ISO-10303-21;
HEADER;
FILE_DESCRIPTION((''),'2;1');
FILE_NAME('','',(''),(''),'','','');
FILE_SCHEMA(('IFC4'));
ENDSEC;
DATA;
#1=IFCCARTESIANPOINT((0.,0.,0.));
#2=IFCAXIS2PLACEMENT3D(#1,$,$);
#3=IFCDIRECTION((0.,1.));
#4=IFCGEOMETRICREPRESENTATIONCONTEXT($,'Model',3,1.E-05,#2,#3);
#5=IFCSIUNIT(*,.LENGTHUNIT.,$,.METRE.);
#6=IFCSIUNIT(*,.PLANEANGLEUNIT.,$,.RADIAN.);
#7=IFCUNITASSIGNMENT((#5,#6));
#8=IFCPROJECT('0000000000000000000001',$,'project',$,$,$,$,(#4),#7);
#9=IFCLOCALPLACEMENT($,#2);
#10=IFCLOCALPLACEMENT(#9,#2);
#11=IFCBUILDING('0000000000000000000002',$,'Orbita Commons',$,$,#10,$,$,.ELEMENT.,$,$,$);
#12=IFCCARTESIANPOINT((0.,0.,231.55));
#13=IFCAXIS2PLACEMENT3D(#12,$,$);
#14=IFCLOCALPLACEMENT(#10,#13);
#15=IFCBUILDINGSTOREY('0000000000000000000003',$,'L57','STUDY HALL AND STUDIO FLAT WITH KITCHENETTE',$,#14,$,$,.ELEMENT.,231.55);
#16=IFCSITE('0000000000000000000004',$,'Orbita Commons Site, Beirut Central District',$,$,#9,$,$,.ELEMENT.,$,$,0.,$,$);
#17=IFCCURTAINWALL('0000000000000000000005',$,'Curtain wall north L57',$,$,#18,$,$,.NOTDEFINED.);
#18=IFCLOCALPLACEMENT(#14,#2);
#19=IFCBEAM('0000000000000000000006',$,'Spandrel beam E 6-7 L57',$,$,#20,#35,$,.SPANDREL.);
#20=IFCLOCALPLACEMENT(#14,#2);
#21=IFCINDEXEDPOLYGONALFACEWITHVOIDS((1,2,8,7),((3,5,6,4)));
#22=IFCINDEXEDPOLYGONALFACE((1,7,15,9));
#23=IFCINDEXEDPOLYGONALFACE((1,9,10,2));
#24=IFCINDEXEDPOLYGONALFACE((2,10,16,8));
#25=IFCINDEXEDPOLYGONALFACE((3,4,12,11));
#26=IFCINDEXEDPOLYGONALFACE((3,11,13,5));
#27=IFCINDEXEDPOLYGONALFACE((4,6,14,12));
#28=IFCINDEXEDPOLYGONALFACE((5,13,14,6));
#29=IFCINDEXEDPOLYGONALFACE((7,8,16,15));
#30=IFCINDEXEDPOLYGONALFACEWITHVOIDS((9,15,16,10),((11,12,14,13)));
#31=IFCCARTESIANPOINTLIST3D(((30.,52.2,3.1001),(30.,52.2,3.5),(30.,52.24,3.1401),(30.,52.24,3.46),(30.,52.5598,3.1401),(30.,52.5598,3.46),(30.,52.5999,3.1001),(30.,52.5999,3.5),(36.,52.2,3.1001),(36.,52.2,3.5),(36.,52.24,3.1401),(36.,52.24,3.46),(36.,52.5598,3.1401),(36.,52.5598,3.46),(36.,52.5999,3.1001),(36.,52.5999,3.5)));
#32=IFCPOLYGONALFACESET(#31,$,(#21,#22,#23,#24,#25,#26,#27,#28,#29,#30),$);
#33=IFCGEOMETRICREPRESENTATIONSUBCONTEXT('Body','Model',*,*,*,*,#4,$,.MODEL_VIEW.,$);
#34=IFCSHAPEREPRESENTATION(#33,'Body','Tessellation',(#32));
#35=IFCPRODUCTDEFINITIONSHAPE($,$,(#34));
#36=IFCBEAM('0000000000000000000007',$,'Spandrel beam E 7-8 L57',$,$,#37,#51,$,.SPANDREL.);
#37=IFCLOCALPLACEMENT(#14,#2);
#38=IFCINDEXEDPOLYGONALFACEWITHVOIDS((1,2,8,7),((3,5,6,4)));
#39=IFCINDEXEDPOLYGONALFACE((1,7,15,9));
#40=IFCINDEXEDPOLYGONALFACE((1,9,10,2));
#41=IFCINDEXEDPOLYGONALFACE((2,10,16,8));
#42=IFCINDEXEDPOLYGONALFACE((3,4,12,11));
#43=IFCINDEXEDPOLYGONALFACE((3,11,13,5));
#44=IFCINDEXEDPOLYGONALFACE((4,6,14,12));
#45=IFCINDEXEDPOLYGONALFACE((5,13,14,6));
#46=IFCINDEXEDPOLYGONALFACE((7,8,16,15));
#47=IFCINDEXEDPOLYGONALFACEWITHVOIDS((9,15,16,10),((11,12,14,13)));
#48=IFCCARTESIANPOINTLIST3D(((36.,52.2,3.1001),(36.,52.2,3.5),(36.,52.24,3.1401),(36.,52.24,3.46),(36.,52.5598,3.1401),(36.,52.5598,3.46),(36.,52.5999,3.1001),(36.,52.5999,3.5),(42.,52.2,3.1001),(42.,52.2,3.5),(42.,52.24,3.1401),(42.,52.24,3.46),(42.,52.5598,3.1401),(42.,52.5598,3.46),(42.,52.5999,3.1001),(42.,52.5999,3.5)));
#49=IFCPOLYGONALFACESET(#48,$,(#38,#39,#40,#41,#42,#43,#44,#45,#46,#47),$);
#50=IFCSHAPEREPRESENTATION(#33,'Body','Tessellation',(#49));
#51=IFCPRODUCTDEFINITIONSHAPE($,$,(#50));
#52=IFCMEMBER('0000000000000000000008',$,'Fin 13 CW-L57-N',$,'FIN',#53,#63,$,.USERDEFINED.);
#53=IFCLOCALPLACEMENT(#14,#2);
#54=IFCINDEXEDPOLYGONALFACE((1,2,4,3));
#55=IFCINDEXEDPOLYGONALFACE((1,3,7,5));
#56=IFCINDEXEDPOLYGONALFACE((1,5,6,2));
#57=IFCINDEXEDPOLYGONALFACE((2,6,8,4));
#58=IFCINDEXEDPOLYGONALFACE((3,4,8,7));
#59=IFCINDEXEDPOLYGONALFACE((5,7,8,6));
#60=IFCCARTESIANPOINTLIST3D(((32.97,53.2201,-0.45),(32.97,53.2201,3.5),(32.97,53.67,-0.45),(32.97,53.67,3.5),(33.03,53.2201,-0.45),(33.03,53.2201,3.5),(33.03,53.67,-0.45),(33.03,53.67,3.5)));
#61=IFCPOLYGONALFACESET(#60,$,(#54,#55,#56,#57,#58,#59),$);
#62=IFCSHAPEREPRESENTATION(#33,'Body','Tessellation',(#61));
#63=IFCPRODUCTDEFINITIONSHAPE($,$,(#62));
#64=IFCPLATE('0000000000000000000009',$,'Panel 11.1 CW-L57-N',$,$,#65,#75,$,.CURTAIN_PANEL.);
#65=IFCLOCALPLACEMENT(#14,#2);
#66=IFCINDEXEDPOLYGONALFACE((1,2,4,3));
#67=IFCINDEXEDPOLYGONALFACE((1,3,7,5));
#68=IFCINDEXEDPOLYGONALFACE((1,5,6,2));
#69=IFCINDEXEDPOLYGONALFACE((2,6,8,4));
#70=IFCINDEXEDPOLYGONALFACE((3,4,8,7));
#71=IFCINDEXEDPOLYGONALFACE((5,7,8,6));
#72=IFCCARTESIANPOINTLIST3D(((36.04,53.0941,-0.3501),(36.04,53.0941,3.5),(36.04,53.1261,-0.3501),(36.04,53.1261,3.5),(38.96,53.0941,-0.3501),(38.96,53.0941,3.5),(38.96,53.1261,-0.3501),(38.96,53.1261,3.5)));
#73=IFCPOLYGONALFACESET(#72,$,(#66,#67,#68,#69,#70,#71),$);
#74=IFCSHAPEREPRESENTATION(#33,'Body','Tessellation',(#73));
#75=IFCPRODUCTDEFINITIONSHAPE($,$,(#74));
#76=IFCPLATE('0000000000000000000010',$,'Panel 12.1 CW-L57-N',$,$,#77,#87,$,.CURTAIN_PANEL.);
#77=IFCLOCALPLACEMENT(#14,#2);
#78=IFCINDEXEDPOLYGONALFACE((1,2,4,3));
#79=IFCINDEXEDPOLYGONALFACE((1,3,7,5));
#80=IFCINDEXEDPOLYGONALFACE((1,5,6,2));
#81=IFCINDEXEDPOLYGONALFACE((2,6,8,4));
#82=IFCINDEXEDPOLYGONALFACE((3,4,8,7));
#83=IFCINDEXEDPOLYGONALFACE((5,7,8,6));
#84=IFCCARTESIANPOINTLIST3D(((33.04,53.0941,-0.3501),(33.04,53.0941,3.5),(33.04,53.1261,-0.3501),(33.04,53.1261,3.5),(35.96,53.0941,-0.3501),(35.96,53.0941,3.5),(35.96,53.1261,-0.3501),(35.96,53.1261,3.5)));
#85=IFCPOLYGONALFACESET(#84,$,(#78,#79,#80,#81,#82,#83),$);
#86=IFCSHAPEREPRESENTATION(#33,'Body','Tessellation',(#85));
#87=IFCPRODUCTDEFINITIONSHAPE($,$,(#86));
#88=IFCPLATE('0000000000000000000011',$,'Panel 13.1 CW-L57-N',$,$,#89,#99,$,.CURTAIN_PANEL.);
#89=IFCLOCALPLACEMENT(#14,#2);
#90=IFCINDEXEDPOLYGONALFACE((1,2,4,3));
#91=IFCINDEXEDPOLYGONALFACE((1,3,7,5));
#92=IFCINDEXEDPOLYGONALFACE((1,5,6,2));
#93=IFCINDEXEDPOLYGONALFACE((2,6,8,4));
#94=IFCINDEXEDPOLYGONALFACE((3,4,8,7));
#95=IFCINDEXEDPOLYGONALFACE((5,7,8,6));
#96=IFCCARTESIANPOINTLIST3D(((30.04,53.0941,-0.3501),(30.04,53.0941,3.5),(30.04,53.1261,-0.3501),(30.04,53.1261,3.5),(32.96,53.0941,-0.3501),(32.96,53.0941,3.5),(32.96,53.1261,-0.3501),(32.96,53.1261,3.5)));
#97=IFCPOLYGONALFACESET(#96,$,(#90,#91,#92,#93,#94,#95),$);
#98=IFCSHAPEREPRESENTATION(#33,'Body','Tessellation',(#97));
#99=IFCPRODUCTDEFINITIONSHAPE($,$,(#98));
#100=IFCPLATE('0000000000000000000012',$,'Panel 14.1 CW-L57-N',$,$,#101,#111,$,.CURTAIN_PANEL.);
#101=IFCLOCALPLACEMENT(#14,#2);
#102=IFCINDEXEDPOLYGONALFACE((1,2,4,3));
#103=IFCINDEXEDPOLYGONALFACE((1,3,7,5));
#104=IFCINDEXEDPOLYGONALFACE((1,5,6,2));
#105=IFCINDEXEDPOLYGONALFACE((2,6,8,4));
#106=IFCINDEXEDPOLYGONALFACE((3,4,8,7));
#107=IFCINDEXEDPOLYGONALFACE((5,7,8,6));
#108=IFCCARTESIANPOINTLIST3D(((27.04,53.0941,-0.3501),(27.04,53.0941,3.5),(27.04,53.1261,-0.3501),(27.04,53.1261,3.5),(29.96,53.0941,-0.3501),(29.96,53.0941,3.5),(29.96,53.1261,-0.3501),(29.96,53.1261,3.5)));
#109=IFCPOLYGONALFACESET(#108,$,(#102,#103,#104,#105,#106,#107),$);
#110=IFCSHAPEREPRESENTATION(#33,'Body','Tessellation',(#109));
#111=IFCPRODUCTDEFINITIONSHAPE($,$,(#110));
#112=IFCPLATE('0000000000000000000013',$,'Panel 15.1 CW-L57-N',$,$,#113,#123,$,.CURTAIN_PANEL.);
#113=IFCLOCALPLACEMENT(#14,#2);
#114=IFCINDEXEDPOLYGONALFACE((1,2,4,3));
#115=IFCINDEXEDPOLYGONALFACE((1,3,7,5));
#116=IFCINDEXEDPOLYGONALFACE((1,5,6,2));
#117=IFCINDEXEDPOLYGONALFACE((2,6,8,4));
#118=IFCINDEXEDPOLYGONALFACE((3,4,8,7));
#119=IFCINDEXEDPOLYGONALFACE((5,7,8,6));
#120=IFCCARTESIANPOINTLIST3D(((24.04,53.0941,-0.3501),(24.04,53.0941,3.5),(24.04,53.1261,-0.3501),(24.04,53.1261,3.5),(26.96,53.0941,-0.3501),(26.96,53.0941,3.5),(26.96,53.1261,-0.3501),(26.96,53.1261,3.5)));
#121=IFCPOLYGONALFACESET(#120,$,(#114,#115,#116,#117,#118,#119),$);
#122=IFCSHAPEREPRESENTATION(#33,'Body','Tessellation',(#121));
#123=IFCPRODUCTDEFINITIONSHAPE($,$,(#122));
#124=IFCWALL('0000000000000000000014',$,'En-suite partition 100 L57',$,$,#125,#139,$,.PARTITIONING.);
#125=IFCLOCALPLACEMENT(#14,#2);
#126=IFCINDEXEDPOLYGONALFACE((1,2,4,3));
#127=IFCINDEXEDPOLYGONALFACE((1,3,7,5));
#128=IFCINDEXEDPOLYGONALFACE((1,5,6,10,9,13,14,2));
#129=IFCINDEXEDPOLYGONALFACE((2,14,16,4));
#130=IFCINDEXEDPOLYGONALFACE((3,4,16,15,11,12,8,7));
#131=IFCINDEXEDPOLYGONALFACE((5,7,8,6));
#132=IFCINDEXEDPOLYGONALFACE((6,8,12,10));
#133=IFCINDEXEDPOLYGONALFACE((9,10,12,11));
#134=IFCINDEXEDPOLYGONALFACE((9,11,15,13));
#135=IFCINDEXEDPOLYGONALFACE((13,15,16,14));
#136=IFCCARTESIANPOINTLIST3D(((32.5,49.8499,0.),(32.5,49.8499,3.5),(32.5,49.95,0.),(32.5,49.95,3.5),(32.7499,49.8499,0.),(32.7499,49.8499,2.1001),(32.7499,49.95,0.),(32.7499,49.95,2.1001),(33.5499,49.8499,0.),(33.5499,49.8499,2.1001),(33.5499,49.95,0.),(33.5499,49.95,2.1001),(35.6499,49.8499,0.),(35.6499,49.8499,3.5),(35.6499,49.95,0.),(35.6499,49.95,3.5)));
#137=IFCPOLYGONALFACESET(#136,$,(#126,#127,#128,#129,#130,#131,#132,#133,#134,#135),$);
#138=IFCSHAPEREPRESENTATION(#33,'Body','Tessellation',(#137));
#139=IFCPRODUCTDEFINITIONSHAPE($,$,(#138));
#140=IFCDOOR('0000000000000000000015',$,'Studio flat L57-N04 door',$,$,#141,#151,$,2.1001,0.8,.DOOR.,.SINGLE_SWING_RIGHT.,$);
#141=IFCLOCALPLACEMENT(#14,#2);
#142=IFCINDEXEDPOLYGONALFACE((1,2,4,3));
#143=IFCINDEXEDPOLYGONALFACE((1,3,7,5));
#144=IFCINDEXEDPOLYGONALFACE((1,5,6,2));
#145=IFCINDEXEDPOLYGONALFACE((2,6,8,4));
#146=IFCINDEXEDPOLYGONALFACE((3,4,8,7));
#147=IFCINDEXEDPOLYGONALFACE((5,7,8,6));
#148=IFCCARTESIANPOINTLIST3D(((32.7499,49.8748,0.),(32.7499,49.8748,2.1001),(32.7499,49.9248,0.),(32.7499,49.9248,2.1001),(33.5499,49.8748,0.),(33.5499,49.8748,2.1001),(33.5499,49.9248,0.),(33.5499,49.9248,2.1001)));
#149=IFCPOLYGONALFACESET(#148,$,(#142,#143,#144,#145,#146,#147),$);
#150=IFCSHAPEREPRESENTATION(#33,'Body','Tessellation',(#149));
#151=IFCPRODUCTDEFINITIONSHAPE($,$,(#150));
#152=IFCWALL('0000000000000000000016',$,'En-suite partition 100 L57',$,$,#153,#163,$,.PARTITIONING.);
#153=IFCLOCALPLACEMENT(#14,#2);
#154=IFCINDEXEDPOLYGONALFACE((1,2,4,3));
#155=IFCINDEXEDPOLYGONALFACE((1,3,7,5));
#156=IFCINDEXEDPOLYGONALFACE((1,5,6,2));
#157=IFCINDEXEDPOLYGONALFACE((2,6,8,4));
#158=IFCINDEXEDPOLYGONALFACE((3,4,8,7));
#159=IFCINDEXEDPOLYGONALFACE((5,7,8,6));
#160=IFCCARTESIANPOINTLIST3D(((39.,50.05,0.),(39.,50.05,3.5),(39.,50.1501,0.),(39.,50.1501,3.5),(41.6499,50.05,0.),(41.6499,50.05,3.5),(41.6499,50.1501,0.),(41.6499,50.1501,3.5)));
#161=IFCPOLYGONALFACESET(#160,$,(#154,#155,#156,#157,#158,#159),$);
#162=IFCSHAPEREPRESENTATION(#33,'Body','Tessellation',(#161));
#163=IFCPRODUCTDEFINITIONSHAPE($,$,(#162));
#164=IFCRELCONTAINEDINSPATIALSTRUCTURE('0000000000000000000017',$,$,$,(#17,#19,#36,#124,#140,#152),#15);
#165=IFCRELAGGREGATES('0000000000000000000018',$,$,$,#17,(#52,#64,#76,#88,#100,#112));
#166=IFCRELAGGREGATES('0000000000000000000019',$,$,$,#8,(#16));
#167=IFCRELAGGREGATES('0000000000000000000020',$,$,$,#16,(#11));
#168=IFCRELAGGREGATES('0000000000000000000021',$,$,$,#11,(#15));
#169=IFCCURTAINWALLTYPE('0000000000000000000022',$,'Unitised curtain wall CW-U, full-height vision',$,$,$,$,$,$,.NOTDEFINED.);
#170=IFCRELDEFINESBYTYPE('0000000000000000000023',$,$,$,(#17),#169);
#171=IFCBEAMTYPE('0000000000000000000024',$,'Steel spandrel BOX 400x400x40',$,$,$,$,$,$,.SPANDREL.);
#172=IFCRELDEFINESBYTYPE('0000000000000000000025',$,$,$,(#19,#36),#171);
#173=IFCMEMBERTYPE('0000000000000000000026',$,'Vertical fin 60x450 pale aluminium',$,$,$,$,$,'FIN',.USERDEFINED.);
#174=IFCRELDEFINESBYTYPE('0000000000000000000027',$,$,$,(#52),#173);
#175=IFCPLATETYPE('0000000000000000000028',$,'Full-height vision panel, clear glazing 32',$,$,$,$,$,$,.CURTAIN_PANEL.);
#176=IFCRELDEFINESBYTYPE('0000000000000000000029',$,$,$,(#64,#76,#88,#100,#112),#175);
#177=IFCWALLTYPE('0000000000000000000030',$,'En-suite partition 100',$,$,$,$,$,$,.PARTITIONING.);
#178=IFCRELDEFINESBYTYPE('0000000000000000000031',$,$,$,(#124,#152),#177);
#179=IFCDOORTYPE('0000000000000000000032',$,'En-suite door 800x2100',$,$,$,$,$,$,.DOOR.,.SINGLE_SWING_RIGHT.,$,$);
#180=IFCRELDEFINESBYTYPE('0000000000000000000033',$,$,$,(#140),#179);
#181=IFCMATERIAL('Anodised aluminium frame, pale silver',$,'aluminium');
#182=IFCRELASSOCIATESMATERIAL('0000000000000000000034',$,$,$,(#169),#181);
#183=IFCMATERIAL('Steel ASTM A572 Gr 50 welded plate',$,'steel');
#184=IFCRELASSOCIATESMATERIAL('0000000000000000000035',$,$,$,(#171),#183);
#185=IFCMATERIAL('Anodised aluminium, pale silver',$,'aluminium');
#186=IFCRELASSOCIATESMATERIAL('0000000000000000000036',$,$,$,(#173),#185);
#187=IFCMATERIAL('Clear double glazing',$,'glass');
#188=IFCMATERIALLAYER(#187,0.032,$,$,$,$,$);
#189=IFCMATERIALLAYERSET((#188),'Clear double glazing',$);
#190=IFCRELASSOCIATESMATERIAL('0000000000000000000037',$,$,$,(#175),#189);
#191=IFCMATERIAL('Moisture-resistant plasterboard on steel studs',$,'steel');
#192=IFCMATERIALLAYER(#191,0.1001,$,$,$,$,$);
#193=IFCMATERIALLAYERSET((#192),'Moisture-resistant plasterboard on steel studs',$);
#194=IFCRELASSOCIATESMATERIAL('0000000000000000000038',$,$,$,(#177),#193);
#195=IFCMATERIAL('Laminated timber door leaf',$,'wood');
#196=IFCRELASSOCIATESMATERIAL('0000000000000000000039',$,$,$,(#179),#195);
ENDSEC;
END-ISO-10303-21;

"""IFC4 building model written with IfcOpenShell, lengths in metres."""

from ifc_helpers import new_model, si_unit, direction, frame, frame_2d, origin, origin_2d, place, context, subcontext, project, spatial, rectangle, hollow_rectangle, extrude, material, layer, layer_set, material_profile, profile_set, type_object, element, fill, aggregate, save


model = new_model("IFC4")

# Units and contexts
model_context = context("Model", 3, precision=1e-05, world=origin(), true_north=direction((0.0, 1.0)))
body_context = subcontext(model_context, "Body", "Model", "MODEL_VIEW")
ifc_project = project(units=[si_unit("LENGTHUNIT", "METRE"), si_unit("PLANEANGLEUNIT", "RADIAN")], contexts=[model_context])

# Site, building, storey
site_placement = place(None, origin())
site = spatial("IfcSite", under=ifc_project, at=site_placement, Name="Orbita Commons Site, Beirut Central District", CompositionType="ELEMENT", RefElevation=0.0)
building_placement = place(site_placement, origin())
building = spatial("IfcBuilding", under=site, at=building_placement, Name="Orbita Commons", CompositionType="ELEMENT")
storey_placement = place(building_placement, frame((0.0, 0.0, 231.55)))
storey = spatial("IfcBuildingStorey", under=building, at=storey_placement, Name="L57", Description="STUDY HALL AND STUDIO FLAT WITH KITCHENETTE", CompositionType="ELEMENT", Elevation=231.55)

# Curtain wall
ifc_material_1 = material(Name="Anodised aluminium frame, pale silver", Category="aluminium")
curtain_wall_type = type_object("IfcCurtainWallType", Name="Unitised curtain wall CW-U, full-height vision", PredefinedType="NOTDEFINED", material=ifc_material_1)
curtain_wall_placement = place(storey_placement, origin())
curtain_wall = element("IfcCurtainWall", 1, at=curtain_wall_placement, inside=storey, type_object=curtain_wall_type, Name="Curtain wall north L57", PredefinedType="NOTDEFINED")

# Beams
ifc_material_2 = material(Name="Steel ASTM A572 Gr 50 welded plate", Category="steel")
ifc_material_profile_1 = material_profile(ifc_material_2, hollow_rectangle(XDim=0.3999, YDim=0.3999, WallThickness=0.04, at=origin_2d()), Name="BOX 400x400x40")
ifc_profile_set_1 = profile_set([ifc_material_profile_1], Name="Steel ASTM A572 Gr 50 welded plate")
beam_type = type_object("IfcBeamType", Name="Steel spandrel BOX 400x400x40", PredefinedType="SPANDREL", material=ifc_profile_set_1)
for number, where, z_axis, x_axis, name in (
    (2, (30.0, 52.3999, 3.3), (1.0, 0.0, 0.0), (0.0, 1.0, 0.0), "Spandrel beam E 6-7 L57"),
    (3, (36.0, 52.3999, 3.3), (1.0, 0.0, 0.0), (0.0, 1.0, 0.0), "Spandrel beam E 7-8 L57"),
):
    element("IfcBeam", number, at=place(storey_placement, frame(where, z_axis=z_axis, x_axis=x_axis)), inside=storey, type_object=beam_type, Name=name, PredefinedType="SPANDREL", context=body_context, shape_type="SweptSolid", body=[
        extrude(hollow_rectangle(XDim=0.3999, YDim=0.3999, WallThickness=0.04, at=origin_2d()), origin(), (0.0, 0.0, 1.0), 6.0),
    ])

# Member
ifc_material_3 = material(Name="Anodised aluminium, pale silver", Category="aluminium")
ifc_material_profile_2 = material_profile(ifc_material_3, rectangle(XDim=0.0601, YDim=0.45, at=origin_2d()), Name="FIN 60x450")
ifc_profile_set_2 = profile_set([ifc_material_profile_2], Name="Anodised aluminium, pale silver")
member_type_1 = type_object("IfcMemberType", Name="Vertical fin 60x450 pale aluminium", ElementType="FIN", PredefinedType="USERDEFINED", material=ifc_profile_set_2)
member_1_placement = place(storey_placement, frame((33.0, 53.4451, -0.45), z_axis=(0.0, 0.0, 1.0), x_axis=(-1.0, 0.0, 0.0)))
member_1 = element("IfcMember", 4, at=member_1_placement, type_object=member_type_1, Name="Fin 13 CW-L57-N", ObjectType="FIN", PredefinedType="USERDEFINED", context=body_context, shape_type="SweptSolid", body=[
    extrude(rectangle(XDim=0.0601, YDim=0.45, at=origin_2d()), origin(), (0.0, 0.0, 1.0), 3.95),
])

# Plates
ifc_material_4 = material(Name="Clear double glazing", Category="glass")
ifc_layer_1 = layer(ifc_material_4, 0.032)
ifc_layer_set_1 = layer_set([ifc_layer_1], Name="Clear double glazing")
plate_type = type_object("IfcPlateType", Name="Full-height vision panel, clear glazing 32", PredefinedType="CURTAIN_PANEL", material=ifc_layer_set_1)
plate_1_placement = place(storey_placement, frame((37.5, 53.1101, -0.3501), z_axis=(0.0, 0.0, 1.0), x_axis=(-1.0, 0.0, 0.0)))
plate_1 = element("IfcPlate", 5, at=plate_1_placement, type_object=plate_type, Name="Panel 11.1 CW-L57-N", PredefinedType="CURTAIN_PANEL", context=body_context, shape_type="SweptSolid", body=[
    extrude(rectangle(XDim=2.9199, YDim=0.032, at=origin_2d()), origin(), (0.0, 0.0, 1.0), 3.8501),
])
plate_2_placement = place(storey_placement, frame((34.5, 53.1101, -0.3501), z_axis=(0.0, 0.0, 1.0), x_axis=(-1.0, 0.0, 0.0)))
plate_2 = element("IfcPlate", 6, at=plate_2_placement, type_object=plate_type, Name="Panel 12.1 CW-L57-N", PredefinedType="CURTAIN_PANEL", context=body_context, shape_type="SweptSolid", body=[
    extrude(rectangle(XDim=2.9199, YDim=0.032, at=origin_2d()), origin(), (0.0, 0.0, 1.0), 3.8501),
])
plate_3_placement = place(storey_placement, frame((31.5, 53.1101, -0.3501), z_axis=(0.0, 0.0, 1.0), x_axis=(-1.0, 0.0, 0.0)))
plate_3 = element("IfcPlate", 7, at=plate_3_placement, type_object=plate_type, Name="Panel 13.1 CW-L57-N", PredefinedType="CURTAIN_PANEL", context=body_context, shape_type="SweptSolid", body=[
    extrude(rectangle(XDim=2.9199, YDim=0.032, at=origin_2d()), origin(), (0.0, 0.0, 1.0), 3.8501),
])
plate_4_placement = place(storey_placement, frame((28.5, 53.1101, -0.3501), z_axis=(0.0, 0.0, 1.0), x_axis=(-1.0, 0.0, 0.0)))
plate_4 = element("IfcPlate", 8, at=plate_4_placement, type_object=plate_type, Name="Panel 14.1 CW-L57-N", PredefinedType="CURTAIN_PANEL", context=body_context, shape_type="SweptSolid", body=[
    extrude(rectangle(XDim=2.9199, YDim=0.032, at=origin_2d()), origin(), (0.0, 0.0, 1.0), 3.8501),
])
plate_5_placement = place(storey_placement, frame((25.5, 53.1101, -0.3501), z_axis=(0.0, 0.0, 1.0), x_axis=(-1.0, 0.0, 0.0)))
plate_5 = element("IfcPlate", 9, at=plate_5_placement, type_object=plate_type, Name="Panel 15.1 CW-L57-N", PredefinedType="CURTAIN_PANEL", context=body_context, shape_type="SweptSolid", body=[
    extrude(rectangle(XDim=2.9199, YDim=0.032, at=origin_2d()), origin(), (0.0, 0.0, 1.0), 3.8501),
])
aggregate(curtain_wall, [member_1, plate_1, plate_2, plate_3, plate_4, plate_5])

# Wall, opening, door
ifc_material_5 = material(Name="Moisture-resistant plasterboard on steel studs", Category="steel")
ifc_layer_2 = layer(ifc_material_5, 0.1001)
ifc_layer_set_2 = layer_set([ifc_layer_2], Name="Moisture-resistant plasterboard on steel studs")
wall_type_1 = type_object("IfcWallType", Name="En-suite partition 100", PredefinedType="PARTITIONING", material=ifc_layer_set_2)
wall_1_placement = place(storey_placement, frame((32.5, 49.8999, 0.0), z_axis=(0.0, 0.0, 1.0), x_axis=(1.0, 0.0, 0.0)))
wall_1 = element("IfcWall", 10, at=wall_1_placement, inside=storey, type_object=wall_type_1, Name="En-suite partition 100 L57", PredefinedType="PARTITIONING", context=body_context, shape_type="SweptSolid", body=[
    extrude(rectangle(XDim=3.1499, YDim=0.1001, at=frame_2d((1.575, 0.0))), origin(), (0.0, 0.0, 1.0), 3.5),
])
opening_1_placement = place(wall_1_placement, frame((0.25, 0.0, 0.0)))
opening_1 = element("IfcOpeningElement", 11, at=opening_1_placement, cuts=wall_1, PredefinedType="OPENING", context=body_context, shape_type="SweptSolid", body=[
    extrude(rectangle(XDim=0.8, YDim=2.1001, at=frame_2d((0.3999, 1.05))), frame((0.0, 0.0601, 0.0), z_axis=(0.0, -1.0, 0.0), x_axis=(1.0, 0.0, 0.0)), (0.0, 0.0, 1.0), 0.1201),
])
ifc_material_6 = material(Name="Laminated timber door leaf", Category="wood")
door_type_1 = type_object("IfcDoorType", Name="En-suite door 800x2100", OperationType="SINGLE_SWING_RIGHT", PredefinedType="DOOR", material=ifc_material_6)
door_1_placement = place(opening_1_placement, origin())
door_1 = element("IfcDoor", 12, at=door_1_placement, inside=storey, type_object=door_type_1, Name="Studio flat L57-N04 door", OperationType="SINGLE_SWING_RIGHT", OverallHeight=2.1001, OverallWidth=0.8, PredefinedType="DOOR", context=body_context, shape_type="SweptSolid", body=[
    extrude(rectangle(XDim=0.8, YDim=2.1001, at=frame_2d((0.3999, 1.05))), frame((0.0, 0.0249, 0.0), z_axis=(0.0, -1.0, 0.0), x_axis=(1.0, 0.0, 0.0)), (0.0, 0.0, 1.0), 0.05),
])
fill(opening_1, door_1)

# Wall
wall_2_placement = place(storey_placement, frame((39.0, 50.1001, 0.0), z_axis=(0.0, 0.0, 1.0), x_axis=(1.0, 0.0, 0.0)))
element("IfcWall", 13, at=wall_2_placement, inside=storey, type_object=wall_type_1, Name="En-suite partition 100 L57", PredefinedType="PARTITIONING", context=body_context, shape_type="SweptSolid", body=[
    extrude(rectangle(XDim=2.6499, YDim=0.1001, at=frame_2d((1.325, 0.0))), origin(), (0.0, 0.0, 1.0), 3.5),
])

save(model, "model.ifc")
